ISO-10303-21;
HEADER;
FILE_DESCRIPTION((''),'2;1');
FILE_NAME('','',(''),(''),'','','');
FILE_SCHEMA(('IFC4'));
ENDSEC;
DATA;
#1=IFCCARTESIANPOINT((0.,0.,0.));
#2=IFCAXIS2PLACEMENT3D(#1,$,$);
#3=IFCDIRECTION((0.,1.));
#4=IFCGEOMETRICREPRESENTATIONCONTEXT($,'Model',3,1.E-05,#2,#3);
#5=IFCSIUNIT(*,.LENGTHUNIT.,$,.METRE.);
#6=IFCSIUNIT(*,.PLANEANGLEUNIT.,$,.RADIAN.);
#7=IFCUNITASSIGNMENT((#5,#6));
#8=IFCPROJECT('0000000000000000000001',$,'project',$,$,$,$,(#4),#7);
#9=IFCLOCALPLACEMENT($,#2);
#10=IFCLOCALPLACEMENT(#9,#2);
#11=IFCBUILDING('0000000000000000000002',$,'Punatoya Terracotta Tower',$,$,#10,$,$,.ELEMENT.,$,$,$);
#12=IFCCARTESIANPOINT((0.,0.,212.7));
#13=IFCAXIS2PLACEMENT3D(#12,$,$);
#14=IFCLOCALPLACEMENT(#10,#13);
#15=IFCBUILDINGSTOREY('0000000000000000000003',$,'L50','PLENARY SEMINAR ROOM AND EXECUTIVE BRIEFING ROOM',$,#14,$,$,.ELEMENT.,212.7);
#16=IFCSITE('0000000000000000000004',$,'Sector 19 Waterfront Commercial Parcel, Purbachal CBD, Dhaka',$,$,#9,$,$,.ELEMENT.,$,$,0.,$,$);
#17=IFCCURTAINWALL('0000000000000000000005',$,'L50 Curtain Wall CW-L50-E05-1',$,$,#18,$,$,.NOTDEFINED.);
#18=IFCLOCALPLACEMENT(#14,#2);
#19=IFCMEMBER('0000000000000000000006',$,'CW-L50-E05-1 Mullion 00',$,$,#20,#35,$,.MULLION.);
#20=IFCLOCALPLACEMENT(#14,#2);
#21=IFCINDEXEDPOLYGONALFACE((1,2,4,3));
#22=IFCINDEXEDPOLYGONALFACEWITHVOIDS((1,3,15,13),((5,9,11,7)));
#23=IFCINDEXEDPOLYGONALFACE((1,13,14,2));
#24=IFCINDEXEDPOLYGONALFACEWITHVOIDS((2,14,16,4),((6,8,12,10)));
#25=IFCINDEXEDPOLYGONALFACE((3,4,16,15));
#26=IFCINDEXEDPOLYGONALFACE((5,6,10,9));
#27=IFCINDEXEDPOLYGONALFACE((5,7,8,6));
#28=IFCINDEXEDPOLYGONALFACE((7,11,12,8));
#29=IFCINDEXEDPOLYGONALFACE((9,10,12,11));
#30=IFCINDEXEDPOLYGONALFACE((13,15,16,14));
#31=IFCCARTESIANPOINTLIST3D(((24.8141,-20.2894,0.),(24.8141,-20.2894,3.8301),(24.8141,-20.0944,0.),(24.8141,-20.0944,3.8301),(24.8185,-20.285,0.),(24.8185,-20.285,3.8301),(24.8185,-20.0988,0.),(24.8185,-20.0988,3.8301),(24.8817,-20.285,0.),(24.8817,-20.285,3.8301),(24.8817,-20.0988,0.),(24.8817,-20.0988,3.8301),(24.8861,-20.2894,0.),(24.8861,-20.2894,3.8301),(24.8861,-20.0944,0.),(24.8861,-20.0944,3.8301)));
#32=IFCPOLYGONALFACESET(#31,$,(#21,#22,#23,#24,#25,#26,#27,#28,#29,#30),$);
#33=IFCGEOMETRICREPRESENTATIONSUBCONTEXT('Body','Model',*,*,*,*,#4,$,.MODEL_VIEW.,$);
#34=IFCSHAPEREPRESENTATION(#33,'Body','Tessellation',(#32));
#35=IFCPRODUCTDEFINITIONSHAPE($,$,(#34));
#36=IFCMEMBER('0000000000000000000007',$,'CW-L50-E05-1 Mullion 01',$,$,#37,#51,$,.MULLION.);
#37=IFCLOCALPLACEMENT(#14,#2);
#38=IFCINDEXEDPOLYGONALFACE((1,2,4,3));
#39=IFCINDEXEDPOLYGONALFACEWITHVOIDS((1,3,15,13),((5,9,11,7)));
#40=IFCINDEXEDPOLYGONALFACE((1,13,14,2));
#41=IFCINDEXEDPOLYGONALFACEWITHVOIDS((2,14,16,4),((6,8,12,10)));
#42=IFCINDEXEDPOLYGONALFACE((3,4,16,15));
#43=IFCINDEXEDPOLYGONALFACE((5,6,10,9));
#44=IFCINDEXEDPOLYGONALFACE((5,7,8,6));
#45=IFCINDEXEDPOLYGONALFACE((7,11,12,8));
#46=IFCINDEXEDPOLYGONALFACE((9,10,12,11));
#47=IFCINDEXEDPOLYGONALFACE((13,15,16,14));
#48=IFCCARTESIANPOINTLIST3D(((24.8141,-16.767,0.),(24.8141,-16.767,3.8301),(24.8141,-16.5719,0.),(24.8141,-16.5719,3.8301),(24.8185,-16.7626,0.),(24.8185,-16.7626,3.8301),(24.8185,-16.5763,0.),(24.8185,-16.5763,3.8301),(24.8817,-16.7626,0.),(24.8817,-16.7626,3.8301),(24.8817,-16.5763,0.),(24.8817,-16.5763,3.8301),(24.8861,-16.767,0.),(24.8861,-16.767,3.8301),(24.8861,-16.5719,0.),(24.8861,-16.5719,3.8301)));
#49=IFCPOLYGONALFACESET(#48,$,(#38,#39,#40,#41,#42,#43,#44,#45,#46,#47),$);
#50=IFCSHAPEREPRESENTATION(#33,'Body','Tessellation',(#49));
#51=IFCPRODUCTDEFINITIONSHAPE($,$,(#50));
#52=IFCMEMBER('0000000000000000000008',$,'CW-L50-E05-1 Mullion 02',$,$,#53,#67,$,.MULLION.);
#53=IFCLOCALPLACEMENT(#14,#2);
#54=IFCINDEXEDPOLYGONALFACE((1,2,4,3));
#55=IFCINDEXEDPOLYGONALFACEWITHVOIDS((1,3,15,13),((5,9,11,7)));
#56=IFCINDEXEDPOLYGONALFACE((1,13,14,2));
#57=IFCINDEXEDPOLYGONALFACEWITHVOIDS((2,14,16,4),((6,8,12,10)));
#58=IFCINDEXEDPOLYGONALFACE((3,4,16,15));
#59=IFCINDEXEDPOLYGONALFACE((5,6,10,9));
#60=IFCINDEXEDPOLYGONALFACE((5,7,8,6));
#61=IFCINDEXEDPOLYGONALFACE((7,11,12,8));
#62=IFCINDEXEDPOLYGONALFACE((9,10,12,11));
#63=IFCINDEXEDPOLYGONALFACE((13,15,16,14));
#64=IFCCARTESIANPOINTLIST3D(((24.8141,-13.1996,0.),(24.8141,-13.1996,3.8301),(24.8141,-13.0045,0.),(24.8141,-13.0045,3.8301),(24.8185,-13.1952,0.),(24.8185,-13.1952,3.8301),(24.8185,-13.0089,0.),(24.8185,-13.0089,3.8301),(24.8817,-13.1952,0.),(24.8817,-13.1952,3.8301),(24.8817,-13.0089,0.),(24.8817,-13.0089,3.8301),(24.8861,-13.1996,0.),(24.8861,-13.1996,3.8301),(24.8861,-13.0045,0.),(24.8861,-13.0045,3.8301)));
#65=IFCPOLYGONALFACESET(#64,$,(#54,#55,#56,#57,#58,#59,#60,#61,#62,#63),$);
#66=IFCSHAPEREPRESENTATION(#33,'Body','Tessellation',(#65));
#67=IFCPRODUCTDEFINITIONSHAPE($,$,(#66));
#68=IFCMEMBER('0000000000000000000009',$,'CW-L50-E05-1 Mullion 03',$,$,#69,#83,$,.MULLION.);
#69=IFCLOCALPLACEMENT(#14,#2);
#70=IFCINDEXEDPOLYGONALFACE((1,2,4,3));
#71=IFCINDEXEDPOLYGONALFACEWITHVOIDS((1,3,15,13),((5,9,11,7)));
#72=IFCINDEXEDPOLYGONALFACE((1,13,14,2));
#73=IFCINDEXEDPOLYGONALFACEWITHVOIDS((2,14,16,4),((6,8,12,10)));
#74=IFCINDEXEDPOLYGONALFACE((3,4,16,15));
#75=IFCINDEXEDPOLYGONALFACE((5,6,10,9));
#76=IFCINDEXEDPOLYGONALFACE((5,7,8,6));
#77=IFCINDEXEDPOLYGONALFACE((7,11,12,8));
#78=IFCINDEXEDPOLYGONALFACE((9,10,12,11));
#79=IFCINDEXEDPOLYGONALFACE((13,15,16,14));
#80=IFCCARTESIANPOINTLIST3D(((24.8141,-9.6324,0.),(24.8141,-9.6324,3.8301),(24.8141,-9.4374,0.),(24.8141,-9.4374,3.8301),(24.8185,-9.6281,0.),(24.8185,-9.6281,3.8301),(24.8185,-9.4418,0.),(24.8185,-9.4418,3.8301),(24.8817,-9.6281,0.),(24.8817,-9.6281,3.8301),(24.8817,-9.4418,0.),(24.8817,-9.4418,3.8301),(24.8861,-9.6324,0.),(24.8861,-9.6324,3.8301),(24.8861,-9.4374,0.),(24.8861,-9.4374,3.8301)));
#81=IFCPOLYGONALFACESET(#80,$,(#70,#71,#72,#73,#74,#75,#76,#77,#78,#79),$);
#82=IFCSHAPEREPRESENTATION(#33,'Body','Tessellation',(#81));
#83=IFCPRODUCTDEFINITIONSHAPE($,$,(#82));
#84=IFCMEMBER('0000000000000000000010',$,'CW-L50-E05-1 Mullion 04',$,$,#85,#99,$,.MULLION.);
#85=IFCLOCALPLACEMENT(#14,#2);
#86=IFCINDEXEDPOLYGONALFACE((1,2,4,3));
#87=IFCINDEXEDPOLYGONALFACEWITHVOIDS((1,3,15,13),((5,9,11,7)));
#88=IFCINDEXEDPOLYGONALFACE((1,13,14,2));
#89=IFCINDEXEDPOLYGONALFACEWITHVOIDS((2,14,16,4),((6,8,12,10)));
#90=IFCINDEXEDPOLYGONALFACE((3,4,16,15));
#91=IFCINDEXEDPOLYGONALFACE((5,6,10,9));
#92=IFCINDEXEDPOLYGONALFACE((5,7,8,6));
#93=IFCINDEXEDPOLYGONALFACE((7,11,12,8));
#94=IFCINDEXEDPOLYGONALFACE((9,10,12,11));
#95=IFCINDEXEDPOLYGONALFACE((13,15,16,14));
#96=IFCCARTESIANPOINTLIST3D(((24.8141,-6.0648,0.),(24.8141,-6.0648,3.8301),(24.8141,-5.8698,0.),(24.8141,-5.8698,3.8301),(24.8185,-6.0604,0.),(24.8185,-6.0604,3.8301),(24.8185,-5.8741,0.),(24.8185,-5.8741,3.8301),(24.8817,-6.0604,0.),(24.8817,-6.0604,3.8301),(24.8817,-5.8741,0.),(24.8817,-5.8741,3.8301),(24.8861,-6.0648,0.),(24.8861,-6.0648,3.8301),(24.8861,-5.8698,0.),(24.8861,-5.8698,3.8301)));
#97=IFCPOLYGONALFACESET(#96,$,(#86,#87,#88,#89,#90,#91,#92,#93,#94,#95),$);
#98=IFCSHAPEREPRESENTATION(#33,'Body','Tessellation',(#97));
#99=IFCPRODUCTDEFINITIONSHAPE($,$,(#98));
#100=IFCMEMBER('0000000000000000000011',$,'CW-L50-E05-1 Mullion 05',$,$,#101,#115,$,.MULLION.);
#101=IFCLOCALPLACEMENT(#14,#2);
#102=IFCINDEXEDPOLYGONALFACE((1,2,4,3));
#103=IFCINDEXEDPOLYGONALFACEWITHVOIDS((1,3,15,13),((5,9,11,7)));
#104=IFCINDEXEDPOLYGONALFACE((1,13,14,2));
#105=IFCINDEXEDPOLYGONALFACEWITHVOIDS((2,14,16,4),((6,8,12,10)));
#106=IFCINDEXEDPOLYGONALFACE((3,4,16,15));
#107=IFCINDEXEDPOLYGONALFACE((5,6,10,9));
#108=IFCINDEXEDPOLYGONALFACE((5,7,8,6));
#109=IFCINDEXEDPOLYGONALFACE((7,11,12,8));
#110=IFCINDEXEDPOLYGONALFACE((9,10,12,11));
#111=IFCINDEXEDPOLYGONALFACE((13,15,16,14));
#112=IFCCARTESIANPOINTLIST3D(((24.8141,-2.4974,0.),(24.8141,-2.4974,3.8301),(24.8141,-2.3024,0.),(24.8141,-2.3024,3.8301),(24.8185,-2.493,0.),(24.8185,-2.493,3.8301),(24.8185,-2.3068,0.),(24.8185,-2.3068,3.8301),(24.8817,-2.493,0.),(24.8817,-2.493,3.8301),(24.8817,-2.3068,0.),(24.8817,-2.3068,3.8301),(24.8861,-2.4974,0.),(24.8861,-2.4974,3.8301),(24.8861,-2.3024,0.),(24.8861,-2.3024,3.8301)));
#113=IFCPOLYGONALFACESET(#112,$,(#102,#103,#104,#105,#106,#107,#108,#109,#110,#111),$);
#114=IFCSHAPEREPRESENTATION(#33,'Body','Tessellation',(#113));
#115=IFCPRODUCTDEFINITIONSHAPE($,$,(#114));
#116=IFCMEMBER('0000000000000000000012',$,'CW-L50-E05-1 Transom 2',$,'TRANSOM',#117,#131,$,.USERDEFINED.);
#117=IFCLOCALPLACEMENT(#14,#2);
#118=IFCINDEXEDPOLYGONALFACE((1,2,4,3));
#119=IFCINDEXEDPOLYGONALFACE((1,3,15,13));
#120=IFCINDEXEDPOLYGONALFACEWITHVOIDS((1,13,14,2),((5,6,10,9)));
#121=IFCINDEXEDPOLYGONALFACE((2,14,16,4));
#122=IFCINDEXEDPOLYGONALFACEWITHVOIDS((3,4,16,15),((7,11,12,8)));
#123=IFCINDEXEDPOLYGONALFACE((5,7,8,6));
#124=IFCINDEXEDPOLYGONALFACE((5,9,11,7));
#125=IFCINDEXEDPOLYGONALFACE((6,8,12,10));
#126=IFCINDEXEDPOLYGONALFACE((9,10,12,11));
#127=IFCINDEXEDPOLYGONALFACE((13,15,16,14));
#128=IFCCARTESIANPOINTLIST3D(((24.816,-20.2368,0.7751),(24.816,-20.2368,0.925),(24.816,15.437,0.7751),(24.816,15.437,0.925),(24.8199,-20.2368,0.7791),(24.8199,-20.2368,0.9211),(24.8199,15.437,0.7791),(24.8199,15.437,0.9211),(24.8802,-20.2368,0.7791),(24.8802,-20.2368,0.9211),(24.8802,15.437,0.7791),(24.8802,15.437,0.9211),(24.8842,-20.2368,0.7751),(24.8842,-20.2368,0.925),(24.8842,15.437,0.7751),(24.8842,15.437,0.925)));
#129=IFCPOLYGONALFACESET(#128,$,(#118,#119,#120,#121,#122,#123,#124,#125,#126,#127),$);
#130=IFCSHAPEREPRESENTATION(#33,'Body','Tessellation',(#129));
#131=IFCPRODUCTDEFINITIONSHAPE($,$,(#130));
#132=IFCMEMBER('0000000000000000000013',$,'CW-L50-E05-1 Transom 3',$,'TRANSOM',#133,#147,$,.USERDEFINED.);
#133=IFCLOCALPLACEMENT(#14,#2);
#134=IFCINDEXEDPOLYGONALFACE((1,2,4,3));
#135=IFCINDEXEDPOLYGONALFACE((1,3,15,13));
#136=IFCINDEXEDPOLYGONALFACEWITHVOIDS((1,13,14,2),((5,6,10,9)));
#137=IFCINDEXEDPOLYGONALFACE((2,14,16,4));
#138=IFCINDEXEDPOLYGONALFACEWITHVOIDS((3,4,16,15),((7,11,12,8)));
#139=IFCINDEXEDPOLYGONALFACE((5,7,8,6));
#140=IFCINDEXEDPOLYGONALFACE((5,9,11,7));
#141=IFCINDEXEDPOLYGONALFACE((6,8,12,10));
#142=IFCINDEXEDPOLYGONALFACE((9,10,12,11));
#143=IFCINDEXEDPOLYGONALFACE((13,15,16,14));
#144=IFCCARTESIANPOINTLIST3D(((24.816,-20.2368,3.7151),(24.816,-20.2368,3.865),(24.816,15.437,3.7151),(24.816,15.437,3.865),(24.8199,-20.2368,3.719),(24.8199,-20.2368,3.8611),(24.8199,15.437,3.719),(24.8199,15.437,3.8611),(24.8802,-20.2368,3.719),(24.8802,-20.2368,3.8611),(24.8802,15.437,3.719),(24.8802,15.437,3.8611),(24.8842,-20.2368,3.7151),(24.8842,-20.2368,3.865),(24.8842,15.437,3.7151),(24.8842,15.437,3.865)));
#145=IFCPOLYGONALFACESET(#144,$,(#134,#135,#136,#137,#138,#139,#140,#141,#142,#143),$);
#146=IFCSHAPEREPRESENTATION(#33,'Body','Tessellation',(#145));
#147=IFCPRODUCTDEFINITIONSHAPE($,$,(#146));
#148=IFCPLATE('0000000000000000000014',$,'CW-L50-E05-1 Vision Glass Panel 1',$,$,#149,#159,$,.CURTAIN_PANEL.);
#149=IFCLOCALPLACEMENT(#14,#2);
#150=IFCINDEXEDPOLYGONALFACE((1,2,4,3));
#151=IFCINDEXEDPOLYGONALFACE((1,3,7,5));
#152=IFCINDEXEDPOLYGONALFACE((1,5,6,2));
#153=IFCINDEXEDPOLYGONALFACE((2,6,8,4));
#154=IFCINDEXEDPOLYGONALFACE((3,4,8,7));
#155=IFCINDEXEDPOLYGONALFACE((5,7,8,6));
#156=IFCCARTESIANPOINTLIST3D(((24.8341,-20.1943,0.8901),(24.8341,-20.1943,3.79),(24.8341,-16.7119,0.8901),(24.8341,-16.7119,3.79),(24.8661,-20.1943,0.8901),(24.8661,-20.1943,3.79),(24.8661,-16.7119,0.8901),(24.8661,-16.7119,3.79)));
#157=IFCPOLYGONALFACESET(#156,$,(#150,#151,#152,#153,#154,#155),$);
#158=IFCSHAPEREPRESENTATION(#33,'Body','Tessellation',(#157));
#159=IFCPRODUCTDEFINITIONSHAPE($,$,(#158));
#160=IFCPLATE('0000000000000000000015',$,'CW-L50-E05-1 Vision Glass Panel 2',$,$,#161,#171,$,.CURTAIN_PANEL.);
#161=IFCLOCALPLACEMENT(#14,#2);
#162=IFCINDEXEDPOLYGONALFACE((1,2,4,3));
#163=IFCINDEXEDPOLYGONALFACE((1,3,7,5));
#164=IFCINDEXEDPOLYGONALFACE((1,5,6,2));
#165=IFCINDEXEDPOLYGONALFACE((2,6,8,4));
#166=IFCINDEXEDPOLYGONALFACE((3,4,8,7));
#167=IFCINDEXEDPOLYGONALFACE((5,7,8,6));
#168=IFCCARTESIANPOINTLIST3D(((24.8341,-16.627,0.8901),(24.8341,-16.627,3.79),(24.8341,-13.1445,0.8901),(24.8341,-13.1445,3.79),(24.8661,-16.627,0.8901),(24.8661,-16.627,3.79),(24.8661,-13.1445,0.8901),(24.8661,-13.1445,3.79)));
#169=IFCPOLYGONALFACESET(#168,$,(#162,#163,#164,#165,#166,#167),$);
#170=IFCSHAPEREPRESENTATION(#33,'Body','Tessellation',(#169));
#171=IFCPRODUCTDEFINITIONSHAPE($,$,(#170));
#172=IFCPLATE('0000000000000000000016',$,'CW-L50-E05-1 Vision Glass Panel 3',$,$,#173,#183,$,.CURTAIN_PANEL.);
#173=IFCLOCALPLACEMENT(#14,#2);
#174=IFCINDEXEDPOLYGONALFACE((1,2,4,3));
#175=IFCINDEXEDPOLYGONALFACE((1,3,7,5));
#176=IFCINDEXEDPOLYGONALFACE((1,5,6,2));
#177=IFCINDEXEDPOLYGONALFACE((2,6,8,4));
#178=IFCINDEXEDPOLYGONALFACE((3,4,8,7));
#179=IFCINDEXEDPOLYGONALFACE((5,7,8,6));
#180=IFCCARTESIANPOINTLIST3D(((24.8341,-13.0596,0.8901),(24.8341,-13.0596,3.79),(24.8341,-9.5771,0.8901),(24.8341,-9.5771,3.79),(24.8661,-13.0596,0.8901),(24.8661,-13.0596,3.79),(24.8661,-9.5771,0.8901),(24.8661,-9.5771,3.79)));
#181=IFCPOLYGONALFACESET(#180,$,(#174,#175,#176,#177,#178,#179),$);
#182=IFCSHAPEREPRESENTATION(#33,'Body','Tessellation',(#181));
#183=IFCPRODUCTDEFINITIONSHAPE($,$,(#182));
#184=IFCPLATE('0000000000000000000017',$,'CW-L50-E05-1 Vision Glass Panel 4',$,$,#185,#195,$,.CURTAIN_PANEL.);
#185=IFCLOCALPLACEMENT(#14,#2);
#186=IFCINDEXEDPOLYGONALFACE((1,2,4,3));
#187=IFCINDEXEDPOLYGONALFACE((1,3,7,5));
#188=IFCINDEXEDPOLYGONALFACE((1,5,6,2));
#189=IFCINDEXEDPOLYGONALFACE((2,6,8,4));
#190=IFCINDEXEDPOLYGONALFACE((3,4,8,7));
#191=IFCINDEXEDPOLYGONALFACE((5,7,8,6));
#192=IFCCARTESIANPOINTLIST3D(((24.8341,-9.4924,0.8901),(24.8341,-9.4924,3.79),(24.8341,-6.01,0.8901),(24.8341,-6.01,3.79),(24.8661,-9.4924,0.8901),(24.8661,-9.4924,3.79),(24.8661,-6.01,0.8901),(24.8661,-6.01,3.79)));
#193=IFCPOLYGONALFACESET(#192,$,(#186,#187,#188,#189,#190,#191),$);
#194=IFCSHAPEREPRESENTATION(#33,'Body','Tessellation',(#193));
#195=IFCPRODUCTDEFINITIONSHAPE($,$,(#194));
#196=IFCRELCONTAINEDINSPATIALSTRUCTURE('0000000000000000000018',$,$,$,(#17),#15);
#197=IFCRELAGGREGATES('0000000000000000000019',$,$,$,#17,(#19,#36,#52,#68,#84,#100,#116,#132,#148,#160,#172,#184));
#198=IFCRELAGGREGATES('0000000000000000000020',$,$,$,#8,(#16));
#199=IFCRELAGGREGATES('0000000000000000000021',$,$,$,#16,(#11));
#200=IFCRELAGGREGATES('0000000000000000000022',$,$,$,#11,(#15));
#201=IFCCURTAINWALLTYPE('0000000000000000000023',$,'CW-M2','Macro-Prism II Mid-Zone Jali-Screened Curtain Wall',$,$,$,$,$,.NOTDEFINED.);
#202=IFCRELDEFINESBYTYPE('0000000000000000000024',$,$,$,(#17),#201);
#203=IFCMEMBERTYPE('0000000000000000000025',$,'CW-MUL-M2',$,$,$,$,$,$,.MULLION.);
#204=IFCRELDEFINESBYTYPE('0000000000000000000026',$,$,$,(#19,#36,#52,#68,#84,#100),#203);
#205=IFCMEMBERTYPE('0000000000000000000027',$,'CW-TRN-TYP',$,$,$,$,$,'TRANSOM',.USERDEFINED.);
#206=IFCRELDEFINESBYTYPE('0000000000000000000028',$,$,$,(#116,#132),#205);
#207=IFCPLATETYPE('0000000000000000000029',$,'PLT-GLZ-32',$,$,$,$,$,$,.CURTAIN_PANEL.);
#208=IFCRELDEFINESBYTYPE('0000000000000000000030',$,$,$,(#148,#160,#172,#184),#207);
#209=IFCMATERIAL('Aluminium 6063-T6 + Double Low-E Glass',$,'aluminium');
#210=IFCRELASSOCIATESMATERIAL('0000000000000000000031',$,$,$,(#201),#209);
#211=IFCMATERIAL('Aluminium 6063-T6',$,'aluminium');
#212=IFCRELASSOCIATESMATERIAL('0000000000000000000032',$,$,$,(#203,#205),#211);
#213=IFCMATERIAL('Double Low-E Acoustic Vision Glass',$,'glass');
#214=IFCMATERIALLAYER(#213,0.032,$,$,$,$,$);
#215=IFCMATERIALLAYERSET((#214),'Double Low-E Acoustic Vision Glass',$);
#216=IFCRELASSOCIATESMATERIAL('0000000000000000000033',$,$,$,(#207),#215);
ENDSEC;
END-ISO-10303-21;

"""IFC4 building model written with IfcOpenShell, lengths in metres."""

from ifc_helpers import new_model, si_unit, direction, frame, origin, origin_2d, place, context, subcontext, project, spatial, rectangle, hollow_rectangle, extrude, material, layer, layer_set, material_profile, profile_set, type_object, element, aggregate, save


model = new_model("IFC4")

# Units and contexts
model_context = context("Model", 3, precision=1e-05, world=origin(), true_north=direction((0.0, 1.0)))
body_context = subcontext(model_context, "Body", "Model", "MODEL_VIEW")
ifc_project = project(units=[si_unit("LENGTHUNIT", "METRE"), si_unit("PLANEANGLEUNIT", "RADIAN")], contexts=[model_context])

# Site, building, storey
site_placement = place(None, origin())
site = spatial("IfcSite", under=ifc_project, at=site_placement, Name="Sector 19 Waterfront Commercial Parcel, Purbachal CBD, Dhaka", CompositionType="ELEMENT", RefElevation=0.0)
building_placement = place(site_placement, origin())
building = spatial("IfcBuilding", under=site, at=building_placement, Name="Punatoya Terracotta Tower", CompositionType="ELEMENT")
storey_placement = place(building_placement, frame((0.0, 0.0, 212.7)))
storey = spatial("IfcBuildingStorey", under=building, at=storey_placement, Name="L50", Description="PLENARY SEMINAR ROOM AND EXECUTIVE BRIEFING ROOM", CompositionType="ELEMENT", Elevation=212.7)

# Curtain wall, members, plates
ifc_material_1 = material(Name="Aluminium 6063-T6 + Double Low-E Glass", Category="aluminium")
curtain_wall_type = type_object("IfcCurtainWallType", Name="CW-M2", Description="Macro-Prism II Mid-Zone Jali-Screened Curtain Wall", PredefinedType="NOTDEFINED", material=ifc_material_1)
curtain_wall_placement = place(storey_placement, origin())
curtain_wall = element("IfcCurtainWall", 1, at=curtain_wall_placement, inside=storey, type_object=curtain_wall_type, Name="L50 Curtain Wall CW-L50-E05-1", PredefinedType="NOTDEFINED")
ifc_material_2 = material(Name="Aluminium 6063-T6", Category="aluminium")
ifc_material_profile_1 = material_profile(ifc_material_2, hollow_rectangle(XDim=0.072, YDim=0.1951, WallThickness=0.0044, at=origin_2d()))
ifc_profile_set_1 = profile_set([ifc_material_profile_1], Name="Aluminium 6063-T6")
member_type_1 = type_object("IfcMemberType", Name="CW-MUL-M2", PredefinedType="MULLION", material=ifc_profile_set_1)
member_1_placement = place(storey_placement, frame((24.8501, -20.1919, 0.0), z_axis=(0.0, 0.0, 1.0), x_axis=(1.0, 0.0, 0.0)))
member_1 = element("IfcMember", 2, at=member_1_placement, type_object=member_type_1, Name="CW-L50-E05-1 Mullion 00", PredefinedType="MULLION", context=body_context, shape_type="SweptSolid", body=[
    extrude(hollow_rectangle(XDim=0.072, YDim=0.1951, WallThickness=0.0044, at=origin_2d()), origin(), (0.0, 0.0, 1.0), 3.8301),
])
member_2_placement = place(storey_placement, frame((24.8501, -16.6694, 0.0), z_axis=(0.0, 0.0, 1.0), x_axis=(1.0, 0.0, 0.0)))
member_2 = element("IfcMember", 3, at=member_2_placement, type_object=member_type_1, Name="CW-L50-E05-1 Mullion 01", PredefinedType="MULLION", context=body_context, shape_type="SweptSolid", body=[
    extrude(hollow_rectangle(XDim=0.072, YDim=0.1951, WallThickness=0.0044, at=origin_2d()), origin(), (0.0, 0.0, 1.0), 3.8301),
])
member_3_placement = place(storey_placement, frame((24.8501, -13.1021, 0.0), z_axis=(0.0, 0.0, 1.0), x_axis=(1.0, 0.0, 0.0)))
member_3 = element("IfcMember", 4, at=member_3_placement, type_object=member_type_1, Name="CW-L50-E05-1 Mullion 02", PredefinedType="MULLION", context=body_context, shape_type="SweptSolid", body=[
    extrude(hollow_rectangle(XDim=0.072, YDim=0.1951, WallThickness=0.0044, at=origin_2d()), origin(), (0.0, 0.0, 1.0), 3.8301),
])
member_4_placement = place(storey_placement, frame((24.8501, -9.5349, 0.0), z_axis=(0.0, 0.0, 1.0), x_axis=(1.0, 0.0, 0.0)))
member_4 = element("IfcMember", 5, at=member_4_placement, type_object=member_type_1, Name="CW-L50-E05-1 Mullion 03", PredefinedType="MULLION", context=body_context, shape_type="SweptSolid", body=[
    extrude(hollow_rectangle(XDim=0.072, YDim=0.1951, WallThickness=0.0044, at=origin_2d()), origin(), (0.0, 0.0, 1.0), 3.8301),
])
member_5_placement = place(storey_placement, frame((24.8501, -5.9673, 0.0), z_axis=(0.0, 0.0, 1.0), x_axis=(1.0, 0.0, 0.0)))
member_5 = element("IfcMember", 6, at=member_5_placement, type_object=member_type_1, Name="CW-L50-E05-1 Mullion 04", PredefinedType="MULLION", context=body_context, shape_type="SweptSolid", body=[
    extrude(hollow_rectangle(XDim=0.072, YDim=0.1951, WallThickness=0.0044, at=origin_2d()), origin(), (0.0, 0.0, 1.0), 3.8301),
])
member_6_placement = place(storey_placement, frame((24.8501, -2.3999, 0.0), z_axis=(0.0, 0.0, 1.0), x_axis=(1.0, 0.0, 0.0)))
member_6 = element("IfcMember", 7, at=member_6_placement, type_object=member_type_1, Name="CW-L50-E05-1 Mullion 05", PredefinedType="MULLION", context=body_context, shape_type="SweptSolid", body=[
    extrude(hollow_rectangle(XDim=0.072, YDim=0.1951, WallThickness=0.0044, at=origin_2d()), origin(), (0.0, 0.0, 1.0), 3.8301),
])
ifc_material_profile_2 = material_profile(ifc_material_2, hollow_rectangle(XDim=0.0681, YDim=0.1499, WallThickness=0.0039, at=origin_2d()))
ifc_profile_set_2 = profile_set([ifc_material_profile_2], Name="Aluminium 6063-T6")
member_type_2 = type_object("IfcMemberType", Name="CW-TRN-TYP", ElementType="TRANSOM", PredefinedType="USERDEFINED", material=ifc_profile_set_2)
member_7_placement = place(storey_placement, frame((24.8501, -20.2368, 0.8501), z_axis=(0.0, 1.0, 0.0), x_axis=(-1.0, 0.0, 0.0)))
member_7 = element("IfcMember", 8, at=member_7_placement, type_object=member_type_2, Name="CW-L50-E05-1 Transom 2", ObjectType="TRANSOM", PredefinedType="USERDEFINED", context=body_context, shape_type="SweptSolid", body=[
    extrude(hollow_rectangle(XDim=0.0681, YDim=0.1499, WallThickness=0.0039, at=origin_2d()), origin(), (0.0, 0.0, 1.0), 35.6738),
])
member_8_placement = place(storey_placement, frame((24.8501, -20.2368, 3.79), z_axis=(0.0, 1.0, 0.0), x_axis=(-1.0, 0.0, 0.0)))
member_8 = element("IfcMember", 9, at=member_8_placement, type_object=member_type_2, Name="CW-L50-E05-1 Transom 3", ObjectType="TRANSOM", PredefinedType="USERDEFINED", context=body_context, shape_type="SweptSolid", body=[
    extrude(hollow_rectangle(XDim=0.0681, YDim=0.1499, WallThickness=0.0039, at=origin_2d()), origin(), (0.0, 0.0, 1.0), 35.6738),
])
ifc_material_3 = material(Name="Double Low-E Acoustic Vision Glass", Category="glass")
ifc_layer_1 = layer(ifc_material_3, 0.032)
ifc_layer_set_1 = layer_set([ifc_layer_1], Name="Double Low-E Acoustic Vision Glass")
plate_type_1 = type_object("IfcPlateType", Name="PLT-GLZ-32", PredefinedType="CURTAIN_PANEL", material=ifc_layer_set_1)
plate_1_placement = place(storey_placement, frame((24.8501, -18.4531, 0.8901), z_axis=(0.0, 0.0, 1.0), x_axis=(0.0, 1.0, 0.0)))
plate_1 = element("IfcPlate", 10, at=plate_1_placement, type_object=plate_type_1, Name="CW-L50-E05-1 Vision Glass Panel 1", PredefinedType="CURTAIN_PANEL", context=body_context, shape_type="SweptSolid", body=[
    extrude(rectangle(XDim=3.4824, YDim=0.032, at=origin_2d()), origin(), (0.0, 0.0, 1.0), 2.8999),
])
plate_2_placement = place(storey_placement, frame((24.8501, -14.8857, 0.8901), z_axis=(0.0, 0.0, 1.0), x_axis=(0.0, 1.0, 0.0)))
plate_2 = element("IfcPlate", 11, at=plate_2_placement, type_object=plate_type_1, Name="CW-L50-E05-1 Vision Glass Panel 2", PredefinedType="CURTAIN_PANEL", context=body_context, shape_type="SweptSolid", body=[
    extrude(rectangle(XDim=3.4824, YDim=0.032, at=origin_2d()), origin(), (0.0, 0.0, 1.0), 2.8999),
])
plate_3_placement = place(storey_placement, frame((24.8501, -11.3184, 0.8901), z_axis=(0.0, 0.0, 1.0), x_axis=(0.0, 1.0, 0.0)))
plate_3 = element("IfcPlate", 12, at=plate_3_placement, type_object=plate_type_1, Name="CW-L50-E05-1 Vision Glass Panel 3", PredefinedType="CURTAIN_PANEL", context=body_context, shape_type="SweptSolid", body=[
    extrude(rectangle(XDim=3.4824, YDim=0.032, at=origin_2d()), origin(), (0.0, 0.0, 1.0), 2.8999),
])
plate_4_placement = place(storey_placement, frame((24.8501, -7.7512, 0.8901), z_axis=(0.0, 0.0, 1.0), x_axis=(0.0, 1.0, 0.0)))
plate_4 = element("IfcPlate", 13, at=plate_4_placement, type_object=plate_type_1, Name="CW-L50-E05-1 Vision Glass Panel 4", PredefinedType="CURTAIN_PANEL", context=body_context, shape_type="SweptSolid", body=[
    extrude(rectangle(XDim=3.4824, YDim=0.032, at=origin_2d()), origin(), (0.0, 0.0, 1.0), 2.8999),
])
aggregate(curtain_wall, [member_1, member_2, member_3, member_4, member_5, member_6, member_7, member_8, plate_1, plate_2, plate_3, plate_4])

save(model, "model.ifc")
